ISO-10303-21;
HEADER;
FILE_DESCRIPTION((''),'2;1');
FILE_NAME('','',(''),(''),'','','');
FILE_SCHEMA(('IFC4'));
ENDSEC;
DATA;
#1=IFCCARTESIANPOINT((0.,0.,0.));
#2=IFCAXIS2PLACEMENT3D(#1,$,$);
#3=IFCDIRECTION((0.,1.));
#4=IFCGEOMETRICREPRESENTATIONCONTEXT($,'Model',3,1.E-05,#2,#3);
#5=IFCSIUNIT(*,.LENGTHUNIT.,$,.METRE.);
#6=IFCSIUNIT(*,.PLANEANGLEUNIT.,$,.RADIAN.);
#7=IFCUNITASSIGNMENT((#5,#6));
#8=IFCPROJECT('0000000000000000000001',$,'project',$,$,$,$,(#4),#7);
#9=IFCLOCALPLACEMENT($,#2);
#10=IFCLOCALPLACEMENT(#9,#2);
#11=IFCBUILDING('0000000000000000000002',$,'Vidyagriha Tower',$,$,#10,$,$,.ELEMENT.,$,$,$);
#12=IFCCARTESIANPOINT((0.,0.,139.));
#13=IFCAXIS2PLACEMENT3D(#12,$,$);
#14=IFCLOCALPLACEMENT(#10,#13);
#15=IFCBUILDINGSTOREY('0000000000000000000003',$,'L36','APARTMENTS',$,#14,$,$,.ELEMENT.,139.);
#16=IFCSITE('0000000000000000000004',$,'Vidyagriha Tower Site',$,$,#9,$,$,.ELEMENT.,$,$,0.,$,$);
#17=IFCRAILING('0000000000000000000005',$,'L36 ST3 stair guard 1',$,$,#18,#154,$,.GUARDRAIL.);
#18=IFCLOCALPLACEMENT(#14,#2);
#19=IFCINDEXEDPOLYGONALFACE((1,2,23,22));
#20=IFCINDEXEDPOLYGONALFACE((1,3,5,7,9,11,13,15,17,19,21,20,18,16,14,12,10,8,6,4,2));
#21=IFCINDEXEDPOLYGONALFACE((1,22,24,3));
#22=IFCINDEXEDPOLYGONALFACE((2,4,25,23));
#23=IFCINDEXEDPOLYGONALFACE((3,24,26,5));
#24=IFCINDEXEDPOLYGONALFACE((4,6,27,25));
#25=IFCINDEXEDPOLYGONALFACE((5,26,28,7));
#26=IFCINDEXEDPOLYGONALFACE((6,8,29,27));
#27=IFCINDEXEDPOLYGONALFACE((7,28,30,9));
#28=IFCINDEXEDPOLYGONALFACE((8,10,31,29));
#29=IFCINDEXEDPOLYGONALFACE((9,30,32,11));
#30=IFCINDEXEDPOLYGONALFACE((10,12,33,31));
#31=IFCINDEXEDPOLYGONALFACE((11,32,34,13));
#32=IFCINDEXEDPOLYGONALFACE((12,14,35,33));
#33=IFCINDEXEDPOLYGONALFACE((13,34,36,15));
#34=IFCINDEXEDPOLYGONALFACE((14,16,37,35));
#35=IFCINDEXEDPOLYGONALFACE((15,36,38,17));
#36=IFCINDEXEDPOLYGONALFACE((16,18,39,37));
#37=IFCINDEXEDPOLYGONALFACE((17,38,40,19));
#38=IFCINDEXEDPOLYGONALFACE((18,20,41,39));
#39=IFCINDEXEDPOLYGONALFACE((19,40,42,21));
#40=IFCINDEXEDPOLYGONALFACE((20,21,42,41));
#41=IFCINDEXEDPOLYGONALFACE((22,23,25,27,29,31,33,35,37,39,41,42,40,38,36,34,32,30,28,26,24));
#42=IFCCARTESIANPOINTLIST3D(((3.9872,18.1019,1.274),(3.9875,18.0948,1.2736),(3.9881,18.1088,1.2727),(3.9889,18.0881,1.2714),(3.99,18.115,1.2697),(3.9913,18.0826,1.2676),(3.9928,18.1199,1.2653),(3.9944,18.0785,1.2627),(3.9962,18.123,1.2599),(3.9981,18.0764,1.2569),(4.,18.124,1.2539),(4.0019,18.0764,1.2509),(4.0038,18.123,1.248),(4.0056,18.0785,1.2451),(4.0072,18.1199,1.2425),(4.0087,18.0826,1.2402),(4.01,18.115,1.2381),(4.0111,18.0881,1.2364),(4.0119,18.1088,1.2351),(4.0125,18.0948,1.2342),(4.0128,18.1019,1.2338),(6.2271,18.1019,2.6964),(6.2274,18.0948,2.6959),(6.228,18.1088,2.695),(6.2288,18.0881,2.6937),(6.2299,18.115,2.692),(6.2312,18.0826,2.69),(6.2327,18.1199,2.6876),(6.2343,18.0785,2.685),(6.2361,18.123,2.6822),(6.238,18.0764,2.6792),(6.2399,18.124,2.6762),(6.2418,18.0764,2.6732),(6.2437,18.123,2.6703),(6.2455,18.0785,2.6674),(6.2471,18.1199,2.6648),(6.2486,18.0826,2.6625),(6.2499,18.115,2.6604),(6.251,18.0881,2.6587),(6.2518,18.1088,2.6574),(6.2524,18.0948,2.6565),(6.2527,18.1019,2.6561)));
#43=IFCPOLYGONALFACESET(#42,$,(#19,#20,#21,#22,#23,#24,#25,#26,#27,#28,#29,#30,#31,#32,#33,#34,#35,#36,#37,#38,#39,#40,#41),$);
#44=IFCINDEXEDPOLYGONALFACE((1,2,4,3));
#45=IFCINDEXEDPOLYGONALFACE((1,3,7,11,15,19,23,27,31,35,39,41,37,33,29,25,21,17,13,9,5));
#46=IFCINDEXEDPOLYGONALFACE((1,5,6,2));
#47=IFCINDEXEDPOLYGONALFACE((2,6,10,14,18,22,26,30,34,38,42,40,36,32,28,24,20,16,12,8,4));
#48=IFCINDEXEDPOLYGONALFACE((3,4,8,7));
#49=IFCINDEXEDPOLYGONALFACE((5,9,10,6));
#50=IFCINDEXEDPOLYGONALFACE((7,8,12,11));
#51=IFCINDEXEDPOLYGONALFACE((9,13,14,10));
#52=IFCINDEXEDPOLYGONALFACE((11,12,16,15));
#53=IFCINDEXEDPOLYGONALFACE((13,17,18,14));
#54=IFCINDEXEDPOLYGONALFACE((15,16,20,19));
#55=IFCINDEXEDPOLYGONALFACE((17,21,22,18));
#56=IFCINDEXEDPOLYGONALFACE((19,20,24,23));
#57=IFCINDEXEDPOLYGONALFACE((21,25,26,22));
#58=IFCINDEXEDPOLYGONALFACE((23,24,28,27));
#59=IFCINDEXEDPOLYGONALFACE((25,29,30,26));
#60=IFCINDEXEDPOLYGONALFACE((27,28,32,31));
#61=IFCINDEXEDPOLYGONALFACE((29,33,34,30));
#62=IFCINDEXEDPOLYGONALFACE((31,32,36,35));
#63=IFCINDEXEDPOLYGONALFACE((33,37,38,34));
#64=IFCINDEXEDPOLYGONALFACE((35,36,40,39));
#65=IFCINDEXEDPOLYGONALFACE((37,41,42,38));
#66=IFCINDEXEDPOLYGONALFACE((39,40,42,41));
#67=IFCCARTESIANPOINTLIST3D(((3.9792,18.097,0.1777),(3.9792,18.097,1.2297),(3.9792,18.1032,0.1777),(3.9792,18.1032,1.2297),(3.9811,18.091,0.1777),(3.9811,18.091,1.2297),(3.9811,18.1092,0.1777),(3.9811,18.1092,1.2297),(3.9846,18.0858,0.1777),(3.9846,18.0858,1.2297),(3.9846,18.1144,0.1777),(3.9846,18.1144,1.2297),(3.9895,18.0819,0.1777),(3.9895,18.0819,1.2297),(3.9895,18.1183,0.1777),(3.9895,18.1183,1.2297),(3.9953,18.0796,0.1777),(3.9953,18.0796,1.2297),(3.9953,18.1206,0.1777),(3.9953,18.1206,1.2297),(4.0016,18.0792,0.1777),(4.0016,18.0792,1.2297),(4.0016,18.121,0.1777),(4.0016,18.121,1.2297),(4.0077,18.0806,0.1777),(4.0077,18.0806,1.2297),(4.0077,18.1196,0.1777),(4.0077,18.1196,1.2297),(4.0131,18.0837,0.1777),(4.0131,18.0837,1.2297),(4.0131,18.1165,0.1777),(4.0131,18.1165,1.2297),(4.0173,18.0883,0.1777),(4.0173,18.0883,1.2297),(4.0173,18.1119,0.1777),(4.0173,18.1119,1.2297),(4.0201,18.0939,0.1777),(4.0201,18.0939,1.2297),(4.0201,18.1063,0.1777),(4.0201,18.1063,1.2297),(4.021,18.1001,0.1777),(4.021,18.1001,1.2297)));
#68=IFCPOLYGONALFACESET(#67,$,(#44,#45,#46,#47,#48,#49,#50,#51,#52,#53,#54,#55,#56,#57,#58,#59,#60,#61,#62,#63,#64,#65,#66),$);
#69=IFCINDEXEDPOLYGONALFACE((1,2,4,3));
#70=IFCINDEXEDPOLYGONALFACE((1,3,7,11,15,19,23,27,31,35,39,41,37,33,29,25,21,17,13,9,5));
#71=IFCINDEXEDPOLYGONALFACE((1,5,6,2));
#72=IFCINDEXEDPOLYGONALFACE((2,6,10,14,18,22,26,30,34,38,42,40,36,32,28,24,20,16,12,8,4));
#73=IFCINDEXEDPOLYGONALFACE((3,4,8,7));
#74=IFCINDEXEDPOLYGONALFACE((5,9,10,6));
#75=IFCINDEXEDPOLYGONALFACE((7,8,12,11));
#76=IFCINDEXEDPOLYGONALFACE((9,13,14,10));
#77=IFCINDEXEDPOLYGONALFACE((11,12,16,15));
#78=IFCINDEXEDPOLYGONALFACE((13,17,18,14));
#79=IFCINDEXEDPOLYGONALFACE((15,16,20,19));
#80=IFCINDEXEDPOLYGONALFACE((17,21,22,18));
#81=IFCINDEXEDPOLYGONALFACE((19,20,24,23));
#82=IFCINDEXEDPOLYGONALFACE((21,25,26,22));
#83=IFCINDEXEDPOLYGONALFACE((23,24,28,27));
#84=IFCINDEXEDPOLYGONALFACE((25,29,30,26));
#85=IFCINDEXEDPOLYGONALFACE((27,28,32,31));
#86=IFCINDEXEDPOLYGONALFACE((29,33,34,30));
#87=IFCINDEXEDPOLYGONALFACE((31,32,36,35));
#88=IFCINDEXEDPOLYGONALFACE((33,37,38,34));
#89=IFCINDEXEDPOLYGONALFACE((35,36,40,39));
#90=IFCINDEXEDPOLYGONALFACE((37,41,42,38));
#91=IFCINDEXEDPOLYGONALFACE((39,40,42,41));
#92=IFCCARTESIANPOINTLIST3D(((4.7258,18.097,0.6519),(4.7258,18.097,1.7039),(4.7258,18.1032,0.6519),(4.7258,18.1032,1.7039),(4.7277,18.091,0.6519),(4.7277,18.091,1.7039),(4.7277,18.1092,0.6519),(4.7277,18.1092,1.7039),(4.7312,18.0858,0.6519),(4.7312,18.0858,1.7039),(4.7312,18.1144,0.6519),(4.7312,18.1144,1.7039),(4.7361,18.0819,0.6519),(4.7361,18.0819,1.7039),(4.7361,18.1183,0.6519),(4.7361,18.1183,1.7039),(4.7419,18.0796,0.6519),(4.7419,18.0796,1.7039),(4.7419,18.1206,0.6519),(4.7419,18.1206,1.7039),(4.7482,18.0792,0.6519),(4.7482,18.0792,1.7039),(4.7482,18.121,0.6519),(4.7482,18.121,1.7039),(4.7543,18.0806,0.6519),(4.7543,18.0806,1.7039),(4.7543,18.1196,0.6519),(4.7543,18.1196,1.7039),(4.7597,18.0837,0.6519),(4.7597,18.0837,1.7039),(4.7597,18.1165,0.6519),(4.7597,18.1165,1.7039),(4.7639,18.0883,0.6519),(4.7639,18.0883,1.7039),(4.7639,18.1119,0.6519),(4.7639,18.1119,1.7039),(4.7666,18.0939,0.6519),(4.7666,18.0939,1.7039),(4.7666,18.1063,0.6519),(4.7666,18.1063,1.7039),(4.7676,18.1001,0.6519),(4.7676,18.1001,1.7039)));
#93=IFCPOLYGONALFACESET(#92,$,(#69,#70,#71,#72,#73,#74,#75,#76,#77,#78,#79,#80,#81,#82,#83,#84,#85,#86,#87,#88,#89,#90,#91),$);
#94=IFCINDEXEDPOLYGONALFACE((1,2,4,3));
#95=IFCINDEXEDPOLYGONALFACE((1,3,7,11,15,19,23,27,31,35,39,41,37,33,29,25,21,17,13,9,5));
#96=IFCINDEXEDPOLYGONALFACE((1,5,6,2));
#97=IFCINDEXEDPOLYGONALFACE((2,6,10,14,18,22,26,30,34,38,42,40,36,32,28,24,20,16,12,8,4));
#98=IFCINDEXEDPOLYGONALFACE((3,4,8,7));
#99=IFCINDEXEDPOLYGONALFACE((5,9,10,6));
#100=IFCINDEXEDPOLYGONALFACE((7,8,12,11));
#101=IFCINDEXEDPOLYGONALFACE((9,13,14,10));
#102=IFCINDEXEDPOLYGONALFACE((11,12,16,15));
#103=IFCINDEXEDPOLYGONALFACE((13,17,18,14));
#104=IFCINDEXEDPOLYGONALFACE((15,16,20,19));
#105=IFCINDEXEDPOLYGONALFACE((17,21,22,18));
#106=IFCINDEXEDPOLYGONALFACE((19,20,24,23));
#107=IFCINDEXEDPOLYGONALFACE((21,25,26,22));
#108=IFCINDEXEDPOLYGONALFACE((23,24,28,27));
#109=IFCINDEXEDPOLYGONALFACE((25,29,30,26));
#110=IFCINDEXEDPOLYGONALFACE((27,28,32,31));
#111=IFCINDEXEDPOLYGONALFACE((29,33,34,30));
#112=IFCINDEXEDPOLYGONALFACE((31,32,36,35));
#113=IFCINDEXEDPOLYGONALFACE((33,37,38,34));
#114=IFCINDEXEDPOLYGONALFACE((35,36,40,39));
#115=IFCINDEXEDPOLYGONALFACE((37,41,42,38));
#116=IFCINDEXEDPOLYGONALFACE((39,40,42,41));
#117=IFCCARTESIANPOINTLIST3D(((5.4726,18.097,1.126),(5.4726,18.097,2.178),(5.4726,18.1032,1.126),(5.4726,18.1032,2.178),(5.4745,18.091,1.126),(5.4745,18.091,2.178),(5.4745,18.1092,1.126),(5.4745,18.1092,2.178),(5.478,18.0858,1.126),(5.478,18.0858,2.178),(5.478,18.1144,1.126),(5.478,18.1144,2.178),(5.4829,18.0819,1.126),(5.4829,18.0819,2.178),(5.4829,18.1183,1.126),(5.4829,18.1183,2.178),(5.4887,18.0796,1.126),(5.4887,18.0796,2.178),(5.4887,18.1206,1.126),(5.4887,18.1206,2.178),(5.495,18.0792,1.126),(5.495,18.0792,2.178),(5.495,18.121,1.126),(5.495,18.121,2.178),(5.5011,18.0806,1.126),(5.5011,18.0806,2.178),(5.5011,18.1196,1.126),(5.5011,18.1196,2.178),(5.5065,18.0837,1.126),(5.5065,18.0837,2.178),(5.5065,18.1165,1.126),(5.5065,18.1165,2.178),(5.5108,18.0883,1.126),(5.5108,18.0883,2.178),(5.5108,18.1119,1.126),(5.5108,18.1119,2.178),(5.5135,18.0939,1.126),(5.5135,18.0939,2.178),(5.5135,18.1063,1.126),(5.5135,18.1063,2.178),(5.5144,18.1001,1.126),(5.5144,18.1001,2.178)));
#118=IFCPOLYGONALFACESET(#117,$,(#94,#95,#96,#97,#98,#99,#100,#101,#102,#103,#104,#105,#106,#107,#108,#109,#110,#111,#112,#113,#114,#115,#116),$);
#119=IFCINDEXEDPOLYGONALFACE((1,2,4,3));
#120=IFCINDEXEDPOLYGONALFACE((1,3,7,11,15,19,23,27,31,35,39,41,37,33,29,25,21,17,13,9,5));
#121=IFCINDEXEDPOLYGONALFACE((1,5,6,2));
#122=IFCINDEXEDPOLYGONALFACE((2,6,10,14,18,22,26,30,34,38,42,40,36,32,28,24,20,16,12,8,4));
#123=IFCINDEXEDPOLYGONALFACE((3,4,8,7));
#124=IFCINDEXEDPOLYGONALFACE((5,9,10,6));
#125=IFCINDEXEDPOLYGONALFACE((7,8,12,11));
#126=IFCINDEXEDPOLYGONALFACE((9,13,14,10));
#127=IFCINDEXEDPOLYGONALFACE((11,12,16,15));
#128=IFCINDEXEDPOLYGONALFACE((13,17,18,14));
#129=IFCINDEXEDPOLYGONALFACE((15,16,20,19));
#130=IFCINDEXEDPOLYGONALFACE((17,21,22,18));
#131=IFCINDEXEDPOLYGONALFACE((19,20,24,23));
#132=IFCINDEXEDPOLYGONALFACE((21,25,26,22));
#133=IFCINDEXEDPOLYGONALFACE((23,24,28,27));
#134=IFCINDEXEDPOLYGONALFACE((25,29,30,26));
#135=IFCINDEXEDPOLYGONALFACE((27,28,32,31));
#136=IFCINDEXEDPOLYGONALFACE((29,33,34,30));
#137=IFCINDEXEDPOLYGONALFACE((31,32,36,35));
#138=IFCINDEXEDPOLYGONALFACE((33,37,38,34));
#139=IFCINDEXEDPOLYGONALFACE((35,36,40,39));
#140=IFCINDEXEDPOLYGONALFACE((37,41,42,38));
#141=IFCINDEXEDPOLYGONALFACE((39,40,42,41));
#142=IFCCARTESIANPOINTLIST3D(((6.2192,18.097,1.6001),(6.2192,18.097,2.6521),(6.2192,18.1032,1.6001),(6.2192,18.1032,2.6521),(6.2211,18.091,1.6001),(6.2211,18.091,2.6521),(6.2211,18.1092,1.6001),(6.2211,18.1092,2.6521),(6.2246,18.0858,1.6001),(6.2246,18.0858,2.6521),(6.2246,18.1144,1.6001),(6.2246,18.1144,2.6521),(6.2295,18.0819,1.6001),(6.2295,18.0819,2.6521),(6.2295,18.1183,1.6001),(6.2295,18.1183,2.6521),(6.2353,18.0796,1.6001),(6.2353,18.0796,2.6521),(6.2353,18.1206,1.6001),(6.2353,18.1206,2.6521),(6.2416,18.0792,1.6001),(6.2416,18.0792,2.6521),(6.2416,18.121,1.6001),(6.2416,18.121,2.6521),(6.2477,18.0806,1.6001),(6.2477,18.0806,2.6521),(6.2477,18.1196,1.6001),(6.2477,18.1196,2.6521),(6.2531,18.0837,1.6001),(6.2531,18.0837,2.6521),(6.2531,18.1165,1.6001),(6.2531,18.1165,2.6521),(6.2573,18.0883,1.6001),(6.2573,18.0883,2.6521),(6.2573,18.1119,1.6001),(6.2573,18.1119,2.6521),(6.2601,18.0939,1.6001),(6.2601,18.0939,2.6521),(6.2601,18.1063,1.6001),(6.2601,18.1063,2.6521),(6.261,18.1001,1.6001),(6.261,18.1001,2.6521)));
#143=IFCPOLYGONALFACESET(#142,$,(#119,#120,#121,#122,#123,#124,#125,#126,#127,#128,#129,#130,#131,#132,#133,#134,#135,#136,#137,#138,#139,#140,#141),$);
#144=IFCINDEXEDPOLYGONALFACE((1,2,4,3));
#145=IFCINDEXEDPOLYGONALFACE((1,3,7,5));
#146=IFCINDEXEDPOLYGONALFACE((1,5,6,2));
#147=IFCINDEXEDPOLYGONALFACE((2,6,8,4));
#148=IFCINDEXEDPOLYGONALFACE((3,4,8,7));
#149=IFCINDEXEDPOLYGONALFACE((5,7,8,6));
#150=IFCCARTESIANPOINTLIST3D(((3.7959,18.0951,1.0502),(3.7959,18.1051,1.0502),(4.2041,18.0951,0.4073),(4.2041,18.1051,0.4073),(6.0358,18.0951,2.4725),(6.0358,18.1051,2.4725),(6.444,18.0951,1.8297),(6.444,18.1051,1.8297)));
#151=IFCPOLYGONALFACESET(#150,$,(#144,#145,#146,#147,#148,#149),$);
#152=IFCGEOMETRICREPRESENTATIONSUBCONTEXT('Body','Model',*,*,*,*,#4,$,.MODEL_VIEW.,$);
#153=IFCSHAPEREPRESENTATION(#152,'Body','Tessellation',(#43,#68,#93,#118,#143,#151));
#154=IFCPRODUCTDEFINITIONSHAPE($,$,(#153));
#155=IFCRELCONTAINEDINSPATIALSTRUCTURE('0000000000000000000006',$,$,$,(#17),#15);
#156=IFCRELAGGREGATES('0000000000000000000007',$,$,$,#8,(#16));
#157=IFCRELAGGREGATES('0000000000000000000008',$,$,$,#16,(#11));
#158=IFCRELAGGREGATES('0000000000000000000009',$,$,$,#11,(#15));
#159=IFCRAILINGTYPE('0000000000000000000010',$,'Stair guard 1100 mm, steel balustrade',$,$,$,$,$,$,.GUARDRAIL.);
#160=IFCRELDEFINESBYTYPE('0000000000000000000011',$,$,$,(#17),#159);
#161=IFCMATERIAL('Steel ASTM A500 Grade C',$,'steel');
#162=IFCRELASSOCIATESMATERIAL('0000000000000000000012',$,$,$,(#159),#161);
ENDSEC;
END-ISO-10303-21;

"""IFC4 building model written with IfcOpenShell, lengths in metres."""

from ifc_helpers import new_model, si_unit, direction, frame, origin, origin_2d, place, context, subcontext, project, spatial, rectangle, circle, extrude, material, type_object, element, save


model = new_model("IFC4")

# Units and contexts
model_context = context("Model", 3, precision=1e-05, world=origin(), true_north=direction((0.0, 1.0)))
body_context = subcontext(model_context, "Body", "Model", "MODEL_VIEW")
ifc_project = project(units=[si_unit("LENGTHUNIT", "METRE"), si_unit("PLANEANGLEUNIT", "RADIAN")], contexts=[model_context])

# Site, building, storey
site_placement = place(None, origin())
site = spatial("IfcSite", under=ifc_project, at=site_placement, Name="Vidyagriha Tower Site", CompositionType="ELEMENT", RefElevation=0.0)
building_placement = place(site_placement, origin())
building = spatial("IfcBuilding", under=site, at=building_placement, Name="Vidyagriha Tower", CompositionType="ELEMENT")
storey_placement = place(building_placement, frame((0.0, 0.0, 139.0)))
storey = spatial("IfcBuildingStorey", under=building, at=storey_placement, Name="L36", Description="APARTMENTS", CompositionType="ELEMENT", Elevation=139.0)

# Railing
ifc_material_1 = material(Name="Steel ASTM A500 Grade C", Category="steel")
railing_type_1 = type_object("IfcRailingType", Name="Stair guard 1100 mm, steel balustrade", PredefinedType="GUARDRAIL", material=ifc_material_1)
railing_1_placement = place(storey_placement, frame((4.0, 18.1001, 0.1777)))
element("IfcRailing", 1, at=railing_1_placement, inside=storey, type_object=railing_type_1, Name="L36 ST3 stair guard 1", PredefinedType="GUARDRAIL", context=body_context, shape_type="SweptSolid", body=[
    extrude(circle(Radius=0.0239, at=origin_2d()), frame((0.0, 0.0, 1.0762), z_axis=(0.844188, 0.0, 0.536048), x_axis=(0.0, 1.0, 0.0)), (0.0, 0.0, 1.0), 2.6533),
    extrude(circle(Radius=0.021, at=origin_2d()), origin(), (0.0, 0.0, 1.0), 1.052),
    extrude(circle(Radius=0.021, at=origin_2d()), frame((0.7466, 0.0, 0.4741)), (0.0, 0.0, 1.0), 1.052),
    extrude(circle(Radius=0.021, at=origin_2d()), frame((1.4934, 0.0, 0.9482)), (0.0, 0.0, 1.0), 1.052),
    extrude(circle(Radius=0.021, at=origin_2d()), frame((2.24, 0.0, 1.4224)), (0.0, 0.0, 1.0), 1.052),
    extrude(rectangle(XDim=0.01, YDim=0.7615, at=origin_2d()), frame((0.0, 0.0, 0.551), z_axis=(0.844188, 0.0, 0.536048), x_axis=(0.0, 1.0, 0.0)), (0.0, 0.0, 1.0), 2.6533),
])

save(model, "model.ifc")
